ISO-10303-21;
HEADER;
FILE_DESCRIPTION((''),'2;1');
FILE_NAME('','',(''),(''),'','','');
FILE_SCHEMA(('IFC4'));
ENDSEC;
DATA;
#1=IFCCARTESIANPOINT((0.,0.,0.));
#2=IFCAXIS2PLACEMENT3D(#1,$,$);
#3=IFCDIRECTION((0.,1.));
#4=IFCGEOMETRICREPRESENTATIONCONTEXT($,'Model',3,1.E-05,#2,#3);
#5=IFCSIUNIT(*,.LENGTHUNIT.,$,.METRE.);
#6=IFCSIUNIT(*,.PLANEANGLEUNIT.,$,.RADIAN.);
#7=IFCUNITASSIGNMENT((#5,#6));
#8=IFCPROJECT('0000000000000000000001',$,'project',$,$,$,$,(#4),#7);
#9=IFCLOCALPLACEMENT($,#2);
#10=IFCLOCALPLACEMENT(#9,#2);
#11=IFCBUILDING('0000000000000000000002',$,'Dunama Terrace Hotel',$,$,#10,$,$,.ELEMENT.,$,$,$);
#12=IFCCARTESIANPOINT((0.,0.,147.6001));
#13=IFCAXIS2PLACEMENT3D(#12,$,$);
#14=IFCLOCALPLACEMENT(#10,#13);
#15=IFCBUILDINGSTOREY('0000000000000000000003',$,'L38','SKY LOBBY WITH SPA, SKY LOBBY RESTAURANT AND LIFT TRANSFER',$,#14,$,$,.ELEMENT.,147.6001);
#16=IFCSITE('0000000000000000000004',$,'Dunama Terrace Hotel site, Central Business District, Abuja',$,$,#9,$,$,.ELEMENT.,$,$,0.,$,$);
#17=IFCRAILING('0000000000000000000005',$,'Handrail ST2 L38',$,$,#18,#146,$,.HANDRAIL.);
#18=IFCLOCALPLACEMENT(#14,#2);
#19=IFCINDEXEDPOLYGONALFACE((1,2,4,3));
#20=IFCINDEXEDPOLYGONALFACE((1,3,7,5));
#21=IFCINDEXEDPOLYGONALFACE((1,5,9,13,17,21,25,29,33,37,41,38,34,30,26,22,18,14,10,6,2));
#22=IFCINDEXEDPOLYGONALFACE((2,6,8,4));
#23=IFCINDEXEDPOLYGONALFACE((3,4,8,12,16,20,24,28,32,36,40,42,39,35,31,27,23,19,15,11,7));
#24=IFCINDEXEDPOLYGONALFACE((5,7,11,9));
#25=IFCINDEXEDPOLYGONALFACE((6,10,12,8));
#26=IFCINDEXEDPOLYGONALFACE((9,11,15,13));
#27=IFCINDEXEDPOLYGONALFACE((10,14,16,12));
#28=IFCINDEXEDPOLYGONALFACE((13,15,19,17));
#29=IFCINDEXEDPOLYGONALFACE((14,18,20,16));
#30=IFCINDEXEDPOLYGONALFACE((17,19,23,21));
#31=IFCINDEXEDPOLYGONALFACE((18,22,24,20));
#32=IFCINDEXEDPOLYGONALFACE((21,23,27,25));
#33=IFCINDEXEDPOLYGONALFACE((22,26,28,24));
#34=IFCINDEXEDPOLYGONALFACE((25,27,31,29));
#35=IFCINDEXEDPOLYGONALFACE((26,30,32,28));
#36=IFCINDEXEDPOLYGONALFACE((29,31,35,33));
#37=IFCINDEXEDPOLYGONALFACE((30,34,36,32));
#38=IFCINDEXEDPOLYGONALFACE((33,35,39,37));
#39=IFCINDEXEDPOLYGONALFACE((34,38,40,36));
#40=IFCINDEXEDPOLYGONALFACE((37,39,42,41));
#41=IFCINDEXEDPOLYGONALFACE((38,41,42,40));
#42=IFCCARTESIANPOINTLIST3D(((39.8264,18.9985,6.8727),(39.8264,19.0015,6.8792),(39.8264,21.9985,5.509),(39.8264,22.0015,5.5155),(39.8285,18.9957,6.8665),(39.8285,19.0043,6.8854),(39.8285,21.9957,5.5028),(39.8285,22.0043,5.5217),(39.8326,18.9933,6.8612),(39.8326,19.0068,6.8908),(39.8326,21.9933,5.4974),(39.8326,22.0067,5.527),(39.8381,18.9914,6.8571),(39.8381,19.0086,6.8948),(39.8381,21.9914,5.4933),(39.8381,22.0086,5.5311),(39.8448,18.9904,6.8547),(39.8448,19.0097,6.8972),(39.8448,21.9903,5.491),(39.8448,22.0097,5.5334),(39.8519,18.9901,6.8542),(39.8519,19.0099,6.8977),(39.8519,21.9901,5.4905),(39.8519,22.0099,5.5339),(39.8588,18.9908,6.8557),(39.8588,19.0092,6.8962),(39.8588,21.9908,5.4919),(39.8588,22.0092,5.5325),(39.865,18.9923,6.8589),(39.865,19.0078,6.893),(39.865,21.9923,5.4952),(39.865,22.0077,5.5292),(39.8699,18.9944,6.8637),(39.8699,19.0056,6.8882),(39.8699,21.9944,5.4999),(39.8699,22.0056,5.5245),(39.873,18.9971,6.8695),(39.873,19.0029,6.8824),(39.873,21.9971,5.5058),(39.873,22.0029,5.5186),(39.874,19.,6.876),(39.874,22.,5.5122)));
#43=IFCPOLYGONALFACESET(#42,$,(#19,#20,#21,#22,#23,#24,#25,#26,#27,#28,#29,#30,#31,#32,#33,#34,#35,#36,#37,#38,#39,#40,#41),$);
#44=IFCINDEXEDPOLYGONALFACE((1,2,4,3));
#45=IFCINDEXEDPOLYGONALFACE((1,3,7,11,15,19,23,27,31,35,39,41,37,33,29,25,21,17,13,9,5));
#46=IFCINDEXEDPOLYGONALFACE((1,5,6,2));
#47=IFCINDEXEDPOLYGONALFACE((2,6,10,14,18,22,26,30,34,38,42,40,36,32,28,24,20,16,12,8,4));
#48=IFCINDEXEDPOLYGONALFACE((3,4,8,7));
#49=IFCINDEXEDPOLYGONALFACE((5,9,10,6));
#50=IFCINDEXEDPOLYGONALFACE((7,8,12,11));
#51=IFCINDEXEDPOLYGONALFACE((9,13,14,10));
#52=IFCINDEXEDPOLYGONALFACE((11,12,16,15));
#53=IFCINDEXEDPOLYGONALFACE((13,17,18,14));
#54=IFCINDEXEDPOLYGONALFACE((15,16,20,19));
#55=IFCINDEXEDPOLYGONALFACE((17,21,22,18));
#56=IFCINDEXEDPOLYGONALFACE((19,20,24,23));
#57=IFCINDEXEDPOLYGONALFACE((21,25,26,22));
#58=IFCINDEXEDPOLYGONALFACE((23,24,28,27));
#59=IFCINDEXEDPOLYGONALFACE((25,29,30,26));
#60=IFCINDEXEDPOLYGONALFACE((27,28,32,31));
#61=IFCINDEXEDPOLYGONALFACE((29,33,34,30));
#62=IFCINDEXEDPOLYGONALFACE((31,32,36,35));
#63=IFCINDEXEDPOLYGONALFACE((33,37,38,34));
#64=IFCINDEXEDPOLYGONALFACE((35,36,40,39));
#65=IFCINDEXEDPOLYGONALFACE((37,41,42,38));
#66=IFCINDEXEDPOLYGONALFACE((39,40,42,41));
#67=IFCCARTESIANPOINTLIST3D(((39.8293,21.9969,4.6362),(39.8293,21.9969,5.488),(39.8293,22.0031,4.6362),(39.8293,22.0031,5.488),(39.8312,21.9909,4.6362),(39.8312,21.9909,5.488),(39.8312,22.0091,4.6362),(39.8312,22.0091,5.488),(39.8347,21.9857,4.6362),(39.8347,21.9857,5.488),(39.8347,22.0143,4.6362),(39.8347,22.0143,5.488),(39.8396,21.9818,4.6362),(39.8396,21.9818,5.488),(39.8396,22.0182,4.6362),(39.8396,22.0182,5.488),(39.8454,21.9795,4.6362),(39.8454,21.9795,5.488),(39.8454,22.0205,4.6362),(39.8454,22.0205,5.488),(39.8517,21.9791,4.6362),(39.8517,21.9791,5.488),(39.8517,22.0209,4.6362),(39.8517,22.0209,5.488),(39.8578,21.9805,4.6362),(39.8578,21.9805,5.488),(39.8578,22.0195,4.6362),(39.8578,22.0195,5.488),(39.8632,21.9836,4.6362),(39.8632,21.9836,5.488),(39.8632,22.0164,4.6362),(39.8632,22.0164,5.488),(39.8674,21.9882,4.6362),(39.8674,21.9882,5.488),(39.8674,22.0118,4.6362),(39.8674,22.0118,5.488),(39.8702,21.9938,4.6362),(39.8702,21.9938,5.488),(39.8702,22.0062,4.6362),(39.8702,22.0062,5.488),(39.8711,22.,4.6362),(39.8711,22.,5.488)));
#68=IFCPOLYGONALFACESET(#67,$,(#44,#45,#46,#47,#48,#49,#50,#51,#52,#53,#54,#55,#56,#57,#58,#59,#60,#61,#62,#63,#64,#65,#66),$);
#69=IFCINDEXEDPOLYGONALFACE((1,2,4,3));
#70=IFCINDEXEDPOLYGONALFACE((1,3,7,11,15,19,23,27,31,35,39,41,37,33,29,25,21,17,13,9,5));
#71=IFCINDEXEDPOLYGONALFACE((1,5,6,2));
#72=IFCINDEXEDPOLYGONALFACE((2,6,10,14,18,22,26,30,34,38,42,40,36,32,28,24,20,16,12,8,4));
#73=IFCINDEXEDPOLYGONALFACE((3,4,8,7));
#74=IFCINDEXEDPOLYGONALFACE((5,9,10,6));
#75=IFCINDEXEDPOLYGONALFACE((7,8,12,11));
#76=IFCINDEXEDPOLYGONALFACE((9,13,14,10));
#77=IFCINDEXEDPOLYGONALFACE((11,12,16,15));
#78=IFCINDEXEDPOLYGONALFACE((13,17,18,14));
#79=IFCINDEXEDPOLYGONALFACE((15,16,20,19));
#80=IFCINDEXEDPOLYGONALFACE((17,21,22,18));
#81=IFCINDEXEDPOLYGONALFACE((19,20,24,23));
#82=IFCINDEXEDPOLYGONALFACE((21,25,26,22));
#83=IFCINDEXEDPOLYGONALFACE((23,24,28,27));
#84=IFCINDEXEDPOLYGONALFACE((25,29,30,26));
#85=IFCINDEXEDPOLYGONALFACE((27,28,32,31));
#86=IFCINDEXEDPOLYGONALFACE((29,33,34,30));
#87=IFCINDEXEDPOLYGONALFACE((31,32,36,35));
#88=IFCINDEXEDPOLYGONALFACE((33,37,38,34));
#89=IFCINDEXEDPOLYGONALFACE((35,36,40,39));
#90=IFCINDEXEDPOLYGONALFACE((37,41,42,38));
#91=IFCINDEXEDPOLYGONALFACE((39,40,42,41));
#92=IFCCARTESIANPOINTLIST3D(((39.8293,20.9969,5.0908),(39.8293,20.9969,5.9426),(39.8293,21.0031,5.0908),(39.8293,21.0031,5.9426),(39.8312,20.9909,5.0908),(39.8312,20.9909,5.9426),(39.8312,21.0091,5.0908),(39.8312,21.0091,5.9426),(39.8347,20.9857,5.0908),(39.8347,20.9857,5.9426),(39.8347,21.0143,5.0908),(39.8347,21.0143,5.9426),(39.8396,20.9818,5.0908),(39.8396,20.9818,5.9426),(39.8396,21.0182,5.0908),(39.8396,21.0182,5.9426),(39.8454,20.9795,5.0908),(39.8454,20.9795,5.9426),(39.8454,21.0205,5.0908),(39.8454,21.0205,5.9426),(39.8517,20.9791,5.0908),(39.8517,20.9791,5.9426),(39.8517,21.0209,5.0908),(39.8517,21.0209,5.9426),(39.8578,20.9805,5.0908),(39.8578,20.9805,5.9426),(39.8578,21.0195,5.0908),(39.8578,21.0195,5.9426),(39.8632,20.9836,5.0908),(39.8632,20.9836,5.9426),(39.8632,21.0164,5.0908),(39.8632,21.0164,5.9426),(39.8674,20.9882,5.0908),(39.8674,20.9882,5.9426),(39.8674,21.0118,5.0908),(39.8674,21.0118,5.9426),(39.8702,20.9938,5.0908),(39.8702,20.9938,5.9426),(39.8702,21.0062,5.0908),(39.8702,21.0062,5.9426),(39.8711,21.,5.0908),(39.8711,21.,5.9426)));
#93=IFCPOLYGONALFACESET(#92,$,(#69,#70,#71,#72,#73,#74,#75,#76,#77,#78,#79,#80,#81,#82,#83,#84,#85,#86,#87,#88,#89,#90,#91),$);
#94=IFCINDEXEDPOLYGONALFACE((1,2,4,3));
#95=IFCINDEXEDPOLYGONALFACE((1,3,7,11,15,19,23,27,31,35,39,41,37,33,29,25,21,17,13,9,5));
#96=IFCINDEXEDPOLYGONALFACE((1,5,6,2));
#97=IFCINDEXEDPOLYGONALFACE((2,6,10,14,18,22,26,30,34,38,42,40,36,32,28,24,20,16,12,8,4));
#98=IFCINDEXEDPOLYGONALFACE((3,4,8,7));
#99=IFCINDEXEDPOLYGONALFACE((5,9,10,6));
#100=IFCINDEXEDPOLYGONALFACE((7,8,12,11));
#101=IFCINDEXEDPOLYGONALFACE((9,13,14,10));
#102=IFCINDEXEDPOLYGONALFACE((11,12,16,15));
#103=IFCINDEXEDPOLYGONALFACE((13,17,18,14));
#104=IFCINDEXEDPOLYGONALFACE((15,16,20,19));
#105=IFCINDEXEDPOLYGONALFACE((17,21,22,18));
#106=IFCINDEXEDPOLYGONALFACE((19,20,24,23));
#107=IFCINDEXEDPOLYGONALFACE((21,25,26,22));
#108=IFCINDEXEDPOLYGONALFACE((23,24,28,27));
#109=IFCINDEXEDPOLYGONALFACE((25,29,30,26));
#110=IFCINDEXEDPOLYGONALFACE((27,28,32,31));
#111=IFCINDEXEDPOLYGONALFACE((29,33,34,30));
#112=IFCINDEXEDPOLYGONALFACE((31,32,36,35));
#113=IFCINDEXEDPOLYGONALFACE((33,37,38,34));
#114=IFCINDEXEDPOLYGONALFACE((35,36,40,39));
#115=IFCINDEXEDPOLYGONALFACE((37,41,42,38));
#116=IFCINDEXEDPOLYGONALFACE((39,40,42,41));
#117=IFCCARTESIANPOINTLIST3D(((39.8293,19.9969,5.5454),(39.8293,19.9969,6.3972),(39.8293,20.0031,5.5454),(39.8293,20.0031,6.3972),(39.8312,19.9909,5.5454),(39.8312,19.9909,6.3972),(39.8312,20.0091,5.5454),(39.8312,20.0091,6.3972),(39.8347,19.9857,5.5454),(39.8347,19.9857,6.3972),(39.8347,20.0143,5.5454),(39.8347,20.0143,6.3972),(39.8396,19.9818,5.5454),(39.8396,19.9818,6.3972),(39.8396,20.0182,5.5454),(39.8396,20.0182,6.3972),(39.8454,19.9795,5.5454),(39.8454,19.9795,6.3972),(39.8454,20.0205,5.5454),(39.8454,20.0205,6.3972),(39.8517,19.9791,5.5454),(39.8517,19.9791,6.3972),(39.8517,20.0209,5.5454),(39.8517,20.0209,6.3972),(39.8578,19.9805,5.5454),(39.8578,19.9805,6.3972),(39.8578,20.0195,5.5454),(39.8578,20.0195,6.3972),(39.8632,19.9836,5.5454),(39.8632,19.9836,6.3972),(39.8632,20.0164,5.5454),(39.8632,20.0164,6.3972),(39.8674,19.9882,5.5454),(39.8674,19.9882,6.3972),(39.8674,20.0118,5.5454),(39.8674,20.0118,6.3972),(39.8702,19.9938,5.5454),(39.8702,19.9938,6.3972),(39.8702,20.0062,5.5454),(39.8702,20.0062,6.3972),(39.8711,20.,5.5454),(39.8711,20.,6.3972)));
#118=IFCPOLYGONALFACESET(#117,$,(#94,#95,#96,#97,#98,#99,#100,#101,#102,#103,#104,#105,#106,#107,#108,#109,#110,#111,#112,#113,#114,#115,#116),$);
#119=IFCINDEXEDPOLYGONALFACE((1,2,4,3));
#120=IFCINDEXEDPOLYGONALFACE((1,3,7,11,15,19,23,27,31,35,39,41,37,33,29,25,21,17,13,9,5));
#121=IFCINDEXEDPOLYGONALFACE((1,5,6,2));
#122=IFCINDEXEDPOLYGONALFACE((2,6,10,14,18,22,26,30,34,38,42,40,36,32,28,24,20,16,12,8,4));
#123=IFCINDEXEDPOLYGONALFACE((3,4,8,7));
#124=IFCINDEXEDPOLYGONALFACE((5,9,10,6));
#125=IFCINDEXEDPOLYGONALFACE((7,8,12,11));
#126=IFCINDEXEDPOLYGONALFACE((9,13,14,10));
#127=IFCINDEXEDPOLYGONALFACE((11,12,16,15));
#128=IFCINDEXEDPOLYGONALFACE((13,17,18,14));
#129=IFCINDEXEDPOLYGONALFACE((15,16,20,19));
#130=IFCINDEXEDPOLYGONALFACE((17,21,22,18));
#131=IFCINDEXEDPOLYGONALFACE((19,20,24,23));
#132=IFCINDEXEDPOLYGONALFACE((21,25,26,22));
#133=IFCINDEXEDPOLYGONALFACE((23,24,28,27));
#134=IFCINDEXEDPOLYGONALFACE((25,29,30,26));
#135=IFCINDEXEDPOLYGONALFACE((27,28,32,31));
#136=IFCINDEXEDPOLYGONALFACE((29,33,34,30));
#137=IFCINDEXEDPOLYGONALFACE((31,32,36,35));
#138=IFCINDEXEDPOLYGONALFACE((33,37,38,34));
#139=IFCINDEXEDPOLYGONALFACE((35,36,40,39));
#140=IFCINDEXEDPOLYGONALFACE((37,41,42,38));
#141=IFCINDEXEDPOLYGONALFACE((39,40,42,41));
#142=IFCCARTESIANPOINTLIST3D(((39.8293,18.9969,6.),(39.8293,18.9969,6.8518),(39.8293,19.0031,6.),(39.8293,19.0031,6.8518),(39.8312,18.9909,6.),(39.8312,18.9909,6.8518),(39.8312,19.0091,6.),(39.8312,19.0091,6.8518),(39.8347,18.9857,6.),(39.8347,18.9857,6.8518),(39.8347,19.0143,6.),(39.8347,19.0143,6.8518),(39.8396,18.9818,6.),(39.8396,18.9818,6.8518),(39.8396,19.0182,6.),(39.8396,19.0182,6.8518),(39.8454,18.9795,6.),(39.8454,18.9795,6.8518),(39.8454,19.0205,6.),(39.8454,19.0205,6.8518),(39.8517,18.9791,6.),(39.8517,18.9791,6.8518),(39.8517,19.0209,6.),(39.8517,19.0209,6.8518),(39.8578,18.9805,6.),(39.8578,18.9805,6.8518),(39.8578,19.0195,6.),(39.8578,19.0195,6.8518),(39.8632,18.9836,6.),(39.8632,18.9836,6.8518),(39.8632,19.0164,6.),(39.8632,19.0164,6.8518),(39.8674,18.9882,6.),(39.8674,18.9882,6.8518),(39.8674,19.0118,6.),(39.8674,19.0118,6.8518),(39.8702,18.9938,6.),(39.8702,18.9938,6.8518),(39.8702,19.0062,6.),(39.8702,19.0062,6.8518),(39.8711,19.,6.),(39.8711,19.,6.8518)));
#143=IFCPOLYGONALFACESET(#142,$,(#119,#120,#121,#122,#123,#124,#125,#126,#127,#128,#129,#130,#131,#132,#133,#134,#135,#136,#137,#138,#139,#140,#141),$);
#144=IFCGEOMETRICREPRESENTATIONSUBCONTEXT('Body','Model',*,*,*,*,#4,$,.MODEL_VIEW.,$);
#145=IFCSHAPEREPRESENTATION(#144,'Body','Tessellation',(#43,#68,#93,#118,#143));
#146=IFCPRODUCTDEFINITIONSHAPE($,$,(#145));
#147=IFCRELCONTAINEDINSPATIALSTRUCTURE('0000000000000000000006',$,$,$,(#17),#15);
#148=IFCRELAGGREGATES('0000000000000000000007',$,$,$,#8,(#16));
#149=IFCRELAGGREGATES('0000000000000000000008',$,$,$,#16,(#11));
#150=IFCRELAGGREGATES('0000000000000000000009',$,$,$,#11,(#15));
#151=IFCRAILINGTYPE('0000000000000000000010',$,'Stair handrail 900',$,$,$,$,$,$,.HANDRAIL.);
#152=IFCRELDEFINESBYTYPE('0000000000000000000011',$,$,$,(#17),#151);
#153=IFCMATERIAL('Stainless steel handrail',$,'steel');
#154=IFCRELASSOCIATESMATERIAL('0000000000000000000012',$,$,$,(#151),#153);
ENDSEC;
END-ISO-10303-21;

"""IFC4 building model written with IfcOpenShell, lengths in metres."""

from ifc_helpers import new_model, si_unit, direction, frame, origin, origin_2d, place, context, subcontext, project, spatial, circle, extrude, material, type_object, element, save


model = new_model("IFC4")

# Units and contexts
model_context = context("Model", 3, precision=1e-05, world=origin(), true_north=direction((0.0, 1.0)))
body_context = subcontext(model_context, "Body", "Model", "MODEL_VIEW")
ifc_project = project(units=[si_unit("LENGTHUNIT", "METRE"), si_unit("PLANEANGLEUNIT", "RADIAN")], contexts=[model_context])

# Site, building, storey
site_placement = place(None, origin())
site = spatial("IfcSite", under=ifc_project, at=site_placement, Name="Dunama Terrace Hotel site, Central Business District, Abuja", CompositionType="ELEMENT", RefElevation=0.0)
building_placement = place(site_placement, origin())
building = spatial("IfcBuilding", under=site, at=building_placement, Name="Dunama Terrace Hotel", CompositionType="ELEMENT")
storey_placement = place(building_placement, frame((0.0, 0.0, 147.6001)))
storey = spatial("IfcBuildingStorey", under=building, at=storey_placement, Name="L38", Description="SKY LOBBY WITH SPA, SKY LOBBY RESTAURANT AND LIFT TRANSFER", CompositionType="ELEMENT", Elevation=147.6001)

# Railing
ifc_material_1 = material(Name="Stainless steel handrail", Category="steel")
railing_type = type_object("IfcRailingType", Name="Stair handrail 900", PredefinedType="HANDRAIL", material=ifc_material_1)
railing_1_placement = place(storey_placement, frame((39.8501, 22.0, 4.6362)))
element("IfcRailing", 1, at=railing_1_placement, inside=storey, type_object=railing_type, Name="Handrail ST2 L38", PredefinedType="HANDRAIL", context=body_context, shape_type="SweptSolid", body=[
    extrude(circle(Radius=0.0239, at=origin_2d()), frame((0.0, 0.0, 0.876), z_axis=(0.0, -0.910351, 0.413836), x_axis=(1.0, 0.0, 0.0)), (0.0, 0.0, 1.0), 3.2954),
    extrude(circle(Radius=0.021, at=origin_2d()), origin(), (0.0, 0.0, 1.0), 0.8518),
    extrude(circle(Radius=0.021, at=origin_2d()), frame((0.0, -1.0, 0.4546)), (0.0, 0.0, 1.0), 0.8518),
    extrude(circle(Radius=0.021, at=origin_2d()), frame((0.0, -2.0, 0.9092)), (0.0, 0.0, 1.0), 0.8518),
    extrude(circle(Radius=0.021, at=origin_2d()), frame((0.0, -3.0, 1.3638)), (0.0, 0.0, 1.0), 0.8518),
])

save(model, "model.ifc")
